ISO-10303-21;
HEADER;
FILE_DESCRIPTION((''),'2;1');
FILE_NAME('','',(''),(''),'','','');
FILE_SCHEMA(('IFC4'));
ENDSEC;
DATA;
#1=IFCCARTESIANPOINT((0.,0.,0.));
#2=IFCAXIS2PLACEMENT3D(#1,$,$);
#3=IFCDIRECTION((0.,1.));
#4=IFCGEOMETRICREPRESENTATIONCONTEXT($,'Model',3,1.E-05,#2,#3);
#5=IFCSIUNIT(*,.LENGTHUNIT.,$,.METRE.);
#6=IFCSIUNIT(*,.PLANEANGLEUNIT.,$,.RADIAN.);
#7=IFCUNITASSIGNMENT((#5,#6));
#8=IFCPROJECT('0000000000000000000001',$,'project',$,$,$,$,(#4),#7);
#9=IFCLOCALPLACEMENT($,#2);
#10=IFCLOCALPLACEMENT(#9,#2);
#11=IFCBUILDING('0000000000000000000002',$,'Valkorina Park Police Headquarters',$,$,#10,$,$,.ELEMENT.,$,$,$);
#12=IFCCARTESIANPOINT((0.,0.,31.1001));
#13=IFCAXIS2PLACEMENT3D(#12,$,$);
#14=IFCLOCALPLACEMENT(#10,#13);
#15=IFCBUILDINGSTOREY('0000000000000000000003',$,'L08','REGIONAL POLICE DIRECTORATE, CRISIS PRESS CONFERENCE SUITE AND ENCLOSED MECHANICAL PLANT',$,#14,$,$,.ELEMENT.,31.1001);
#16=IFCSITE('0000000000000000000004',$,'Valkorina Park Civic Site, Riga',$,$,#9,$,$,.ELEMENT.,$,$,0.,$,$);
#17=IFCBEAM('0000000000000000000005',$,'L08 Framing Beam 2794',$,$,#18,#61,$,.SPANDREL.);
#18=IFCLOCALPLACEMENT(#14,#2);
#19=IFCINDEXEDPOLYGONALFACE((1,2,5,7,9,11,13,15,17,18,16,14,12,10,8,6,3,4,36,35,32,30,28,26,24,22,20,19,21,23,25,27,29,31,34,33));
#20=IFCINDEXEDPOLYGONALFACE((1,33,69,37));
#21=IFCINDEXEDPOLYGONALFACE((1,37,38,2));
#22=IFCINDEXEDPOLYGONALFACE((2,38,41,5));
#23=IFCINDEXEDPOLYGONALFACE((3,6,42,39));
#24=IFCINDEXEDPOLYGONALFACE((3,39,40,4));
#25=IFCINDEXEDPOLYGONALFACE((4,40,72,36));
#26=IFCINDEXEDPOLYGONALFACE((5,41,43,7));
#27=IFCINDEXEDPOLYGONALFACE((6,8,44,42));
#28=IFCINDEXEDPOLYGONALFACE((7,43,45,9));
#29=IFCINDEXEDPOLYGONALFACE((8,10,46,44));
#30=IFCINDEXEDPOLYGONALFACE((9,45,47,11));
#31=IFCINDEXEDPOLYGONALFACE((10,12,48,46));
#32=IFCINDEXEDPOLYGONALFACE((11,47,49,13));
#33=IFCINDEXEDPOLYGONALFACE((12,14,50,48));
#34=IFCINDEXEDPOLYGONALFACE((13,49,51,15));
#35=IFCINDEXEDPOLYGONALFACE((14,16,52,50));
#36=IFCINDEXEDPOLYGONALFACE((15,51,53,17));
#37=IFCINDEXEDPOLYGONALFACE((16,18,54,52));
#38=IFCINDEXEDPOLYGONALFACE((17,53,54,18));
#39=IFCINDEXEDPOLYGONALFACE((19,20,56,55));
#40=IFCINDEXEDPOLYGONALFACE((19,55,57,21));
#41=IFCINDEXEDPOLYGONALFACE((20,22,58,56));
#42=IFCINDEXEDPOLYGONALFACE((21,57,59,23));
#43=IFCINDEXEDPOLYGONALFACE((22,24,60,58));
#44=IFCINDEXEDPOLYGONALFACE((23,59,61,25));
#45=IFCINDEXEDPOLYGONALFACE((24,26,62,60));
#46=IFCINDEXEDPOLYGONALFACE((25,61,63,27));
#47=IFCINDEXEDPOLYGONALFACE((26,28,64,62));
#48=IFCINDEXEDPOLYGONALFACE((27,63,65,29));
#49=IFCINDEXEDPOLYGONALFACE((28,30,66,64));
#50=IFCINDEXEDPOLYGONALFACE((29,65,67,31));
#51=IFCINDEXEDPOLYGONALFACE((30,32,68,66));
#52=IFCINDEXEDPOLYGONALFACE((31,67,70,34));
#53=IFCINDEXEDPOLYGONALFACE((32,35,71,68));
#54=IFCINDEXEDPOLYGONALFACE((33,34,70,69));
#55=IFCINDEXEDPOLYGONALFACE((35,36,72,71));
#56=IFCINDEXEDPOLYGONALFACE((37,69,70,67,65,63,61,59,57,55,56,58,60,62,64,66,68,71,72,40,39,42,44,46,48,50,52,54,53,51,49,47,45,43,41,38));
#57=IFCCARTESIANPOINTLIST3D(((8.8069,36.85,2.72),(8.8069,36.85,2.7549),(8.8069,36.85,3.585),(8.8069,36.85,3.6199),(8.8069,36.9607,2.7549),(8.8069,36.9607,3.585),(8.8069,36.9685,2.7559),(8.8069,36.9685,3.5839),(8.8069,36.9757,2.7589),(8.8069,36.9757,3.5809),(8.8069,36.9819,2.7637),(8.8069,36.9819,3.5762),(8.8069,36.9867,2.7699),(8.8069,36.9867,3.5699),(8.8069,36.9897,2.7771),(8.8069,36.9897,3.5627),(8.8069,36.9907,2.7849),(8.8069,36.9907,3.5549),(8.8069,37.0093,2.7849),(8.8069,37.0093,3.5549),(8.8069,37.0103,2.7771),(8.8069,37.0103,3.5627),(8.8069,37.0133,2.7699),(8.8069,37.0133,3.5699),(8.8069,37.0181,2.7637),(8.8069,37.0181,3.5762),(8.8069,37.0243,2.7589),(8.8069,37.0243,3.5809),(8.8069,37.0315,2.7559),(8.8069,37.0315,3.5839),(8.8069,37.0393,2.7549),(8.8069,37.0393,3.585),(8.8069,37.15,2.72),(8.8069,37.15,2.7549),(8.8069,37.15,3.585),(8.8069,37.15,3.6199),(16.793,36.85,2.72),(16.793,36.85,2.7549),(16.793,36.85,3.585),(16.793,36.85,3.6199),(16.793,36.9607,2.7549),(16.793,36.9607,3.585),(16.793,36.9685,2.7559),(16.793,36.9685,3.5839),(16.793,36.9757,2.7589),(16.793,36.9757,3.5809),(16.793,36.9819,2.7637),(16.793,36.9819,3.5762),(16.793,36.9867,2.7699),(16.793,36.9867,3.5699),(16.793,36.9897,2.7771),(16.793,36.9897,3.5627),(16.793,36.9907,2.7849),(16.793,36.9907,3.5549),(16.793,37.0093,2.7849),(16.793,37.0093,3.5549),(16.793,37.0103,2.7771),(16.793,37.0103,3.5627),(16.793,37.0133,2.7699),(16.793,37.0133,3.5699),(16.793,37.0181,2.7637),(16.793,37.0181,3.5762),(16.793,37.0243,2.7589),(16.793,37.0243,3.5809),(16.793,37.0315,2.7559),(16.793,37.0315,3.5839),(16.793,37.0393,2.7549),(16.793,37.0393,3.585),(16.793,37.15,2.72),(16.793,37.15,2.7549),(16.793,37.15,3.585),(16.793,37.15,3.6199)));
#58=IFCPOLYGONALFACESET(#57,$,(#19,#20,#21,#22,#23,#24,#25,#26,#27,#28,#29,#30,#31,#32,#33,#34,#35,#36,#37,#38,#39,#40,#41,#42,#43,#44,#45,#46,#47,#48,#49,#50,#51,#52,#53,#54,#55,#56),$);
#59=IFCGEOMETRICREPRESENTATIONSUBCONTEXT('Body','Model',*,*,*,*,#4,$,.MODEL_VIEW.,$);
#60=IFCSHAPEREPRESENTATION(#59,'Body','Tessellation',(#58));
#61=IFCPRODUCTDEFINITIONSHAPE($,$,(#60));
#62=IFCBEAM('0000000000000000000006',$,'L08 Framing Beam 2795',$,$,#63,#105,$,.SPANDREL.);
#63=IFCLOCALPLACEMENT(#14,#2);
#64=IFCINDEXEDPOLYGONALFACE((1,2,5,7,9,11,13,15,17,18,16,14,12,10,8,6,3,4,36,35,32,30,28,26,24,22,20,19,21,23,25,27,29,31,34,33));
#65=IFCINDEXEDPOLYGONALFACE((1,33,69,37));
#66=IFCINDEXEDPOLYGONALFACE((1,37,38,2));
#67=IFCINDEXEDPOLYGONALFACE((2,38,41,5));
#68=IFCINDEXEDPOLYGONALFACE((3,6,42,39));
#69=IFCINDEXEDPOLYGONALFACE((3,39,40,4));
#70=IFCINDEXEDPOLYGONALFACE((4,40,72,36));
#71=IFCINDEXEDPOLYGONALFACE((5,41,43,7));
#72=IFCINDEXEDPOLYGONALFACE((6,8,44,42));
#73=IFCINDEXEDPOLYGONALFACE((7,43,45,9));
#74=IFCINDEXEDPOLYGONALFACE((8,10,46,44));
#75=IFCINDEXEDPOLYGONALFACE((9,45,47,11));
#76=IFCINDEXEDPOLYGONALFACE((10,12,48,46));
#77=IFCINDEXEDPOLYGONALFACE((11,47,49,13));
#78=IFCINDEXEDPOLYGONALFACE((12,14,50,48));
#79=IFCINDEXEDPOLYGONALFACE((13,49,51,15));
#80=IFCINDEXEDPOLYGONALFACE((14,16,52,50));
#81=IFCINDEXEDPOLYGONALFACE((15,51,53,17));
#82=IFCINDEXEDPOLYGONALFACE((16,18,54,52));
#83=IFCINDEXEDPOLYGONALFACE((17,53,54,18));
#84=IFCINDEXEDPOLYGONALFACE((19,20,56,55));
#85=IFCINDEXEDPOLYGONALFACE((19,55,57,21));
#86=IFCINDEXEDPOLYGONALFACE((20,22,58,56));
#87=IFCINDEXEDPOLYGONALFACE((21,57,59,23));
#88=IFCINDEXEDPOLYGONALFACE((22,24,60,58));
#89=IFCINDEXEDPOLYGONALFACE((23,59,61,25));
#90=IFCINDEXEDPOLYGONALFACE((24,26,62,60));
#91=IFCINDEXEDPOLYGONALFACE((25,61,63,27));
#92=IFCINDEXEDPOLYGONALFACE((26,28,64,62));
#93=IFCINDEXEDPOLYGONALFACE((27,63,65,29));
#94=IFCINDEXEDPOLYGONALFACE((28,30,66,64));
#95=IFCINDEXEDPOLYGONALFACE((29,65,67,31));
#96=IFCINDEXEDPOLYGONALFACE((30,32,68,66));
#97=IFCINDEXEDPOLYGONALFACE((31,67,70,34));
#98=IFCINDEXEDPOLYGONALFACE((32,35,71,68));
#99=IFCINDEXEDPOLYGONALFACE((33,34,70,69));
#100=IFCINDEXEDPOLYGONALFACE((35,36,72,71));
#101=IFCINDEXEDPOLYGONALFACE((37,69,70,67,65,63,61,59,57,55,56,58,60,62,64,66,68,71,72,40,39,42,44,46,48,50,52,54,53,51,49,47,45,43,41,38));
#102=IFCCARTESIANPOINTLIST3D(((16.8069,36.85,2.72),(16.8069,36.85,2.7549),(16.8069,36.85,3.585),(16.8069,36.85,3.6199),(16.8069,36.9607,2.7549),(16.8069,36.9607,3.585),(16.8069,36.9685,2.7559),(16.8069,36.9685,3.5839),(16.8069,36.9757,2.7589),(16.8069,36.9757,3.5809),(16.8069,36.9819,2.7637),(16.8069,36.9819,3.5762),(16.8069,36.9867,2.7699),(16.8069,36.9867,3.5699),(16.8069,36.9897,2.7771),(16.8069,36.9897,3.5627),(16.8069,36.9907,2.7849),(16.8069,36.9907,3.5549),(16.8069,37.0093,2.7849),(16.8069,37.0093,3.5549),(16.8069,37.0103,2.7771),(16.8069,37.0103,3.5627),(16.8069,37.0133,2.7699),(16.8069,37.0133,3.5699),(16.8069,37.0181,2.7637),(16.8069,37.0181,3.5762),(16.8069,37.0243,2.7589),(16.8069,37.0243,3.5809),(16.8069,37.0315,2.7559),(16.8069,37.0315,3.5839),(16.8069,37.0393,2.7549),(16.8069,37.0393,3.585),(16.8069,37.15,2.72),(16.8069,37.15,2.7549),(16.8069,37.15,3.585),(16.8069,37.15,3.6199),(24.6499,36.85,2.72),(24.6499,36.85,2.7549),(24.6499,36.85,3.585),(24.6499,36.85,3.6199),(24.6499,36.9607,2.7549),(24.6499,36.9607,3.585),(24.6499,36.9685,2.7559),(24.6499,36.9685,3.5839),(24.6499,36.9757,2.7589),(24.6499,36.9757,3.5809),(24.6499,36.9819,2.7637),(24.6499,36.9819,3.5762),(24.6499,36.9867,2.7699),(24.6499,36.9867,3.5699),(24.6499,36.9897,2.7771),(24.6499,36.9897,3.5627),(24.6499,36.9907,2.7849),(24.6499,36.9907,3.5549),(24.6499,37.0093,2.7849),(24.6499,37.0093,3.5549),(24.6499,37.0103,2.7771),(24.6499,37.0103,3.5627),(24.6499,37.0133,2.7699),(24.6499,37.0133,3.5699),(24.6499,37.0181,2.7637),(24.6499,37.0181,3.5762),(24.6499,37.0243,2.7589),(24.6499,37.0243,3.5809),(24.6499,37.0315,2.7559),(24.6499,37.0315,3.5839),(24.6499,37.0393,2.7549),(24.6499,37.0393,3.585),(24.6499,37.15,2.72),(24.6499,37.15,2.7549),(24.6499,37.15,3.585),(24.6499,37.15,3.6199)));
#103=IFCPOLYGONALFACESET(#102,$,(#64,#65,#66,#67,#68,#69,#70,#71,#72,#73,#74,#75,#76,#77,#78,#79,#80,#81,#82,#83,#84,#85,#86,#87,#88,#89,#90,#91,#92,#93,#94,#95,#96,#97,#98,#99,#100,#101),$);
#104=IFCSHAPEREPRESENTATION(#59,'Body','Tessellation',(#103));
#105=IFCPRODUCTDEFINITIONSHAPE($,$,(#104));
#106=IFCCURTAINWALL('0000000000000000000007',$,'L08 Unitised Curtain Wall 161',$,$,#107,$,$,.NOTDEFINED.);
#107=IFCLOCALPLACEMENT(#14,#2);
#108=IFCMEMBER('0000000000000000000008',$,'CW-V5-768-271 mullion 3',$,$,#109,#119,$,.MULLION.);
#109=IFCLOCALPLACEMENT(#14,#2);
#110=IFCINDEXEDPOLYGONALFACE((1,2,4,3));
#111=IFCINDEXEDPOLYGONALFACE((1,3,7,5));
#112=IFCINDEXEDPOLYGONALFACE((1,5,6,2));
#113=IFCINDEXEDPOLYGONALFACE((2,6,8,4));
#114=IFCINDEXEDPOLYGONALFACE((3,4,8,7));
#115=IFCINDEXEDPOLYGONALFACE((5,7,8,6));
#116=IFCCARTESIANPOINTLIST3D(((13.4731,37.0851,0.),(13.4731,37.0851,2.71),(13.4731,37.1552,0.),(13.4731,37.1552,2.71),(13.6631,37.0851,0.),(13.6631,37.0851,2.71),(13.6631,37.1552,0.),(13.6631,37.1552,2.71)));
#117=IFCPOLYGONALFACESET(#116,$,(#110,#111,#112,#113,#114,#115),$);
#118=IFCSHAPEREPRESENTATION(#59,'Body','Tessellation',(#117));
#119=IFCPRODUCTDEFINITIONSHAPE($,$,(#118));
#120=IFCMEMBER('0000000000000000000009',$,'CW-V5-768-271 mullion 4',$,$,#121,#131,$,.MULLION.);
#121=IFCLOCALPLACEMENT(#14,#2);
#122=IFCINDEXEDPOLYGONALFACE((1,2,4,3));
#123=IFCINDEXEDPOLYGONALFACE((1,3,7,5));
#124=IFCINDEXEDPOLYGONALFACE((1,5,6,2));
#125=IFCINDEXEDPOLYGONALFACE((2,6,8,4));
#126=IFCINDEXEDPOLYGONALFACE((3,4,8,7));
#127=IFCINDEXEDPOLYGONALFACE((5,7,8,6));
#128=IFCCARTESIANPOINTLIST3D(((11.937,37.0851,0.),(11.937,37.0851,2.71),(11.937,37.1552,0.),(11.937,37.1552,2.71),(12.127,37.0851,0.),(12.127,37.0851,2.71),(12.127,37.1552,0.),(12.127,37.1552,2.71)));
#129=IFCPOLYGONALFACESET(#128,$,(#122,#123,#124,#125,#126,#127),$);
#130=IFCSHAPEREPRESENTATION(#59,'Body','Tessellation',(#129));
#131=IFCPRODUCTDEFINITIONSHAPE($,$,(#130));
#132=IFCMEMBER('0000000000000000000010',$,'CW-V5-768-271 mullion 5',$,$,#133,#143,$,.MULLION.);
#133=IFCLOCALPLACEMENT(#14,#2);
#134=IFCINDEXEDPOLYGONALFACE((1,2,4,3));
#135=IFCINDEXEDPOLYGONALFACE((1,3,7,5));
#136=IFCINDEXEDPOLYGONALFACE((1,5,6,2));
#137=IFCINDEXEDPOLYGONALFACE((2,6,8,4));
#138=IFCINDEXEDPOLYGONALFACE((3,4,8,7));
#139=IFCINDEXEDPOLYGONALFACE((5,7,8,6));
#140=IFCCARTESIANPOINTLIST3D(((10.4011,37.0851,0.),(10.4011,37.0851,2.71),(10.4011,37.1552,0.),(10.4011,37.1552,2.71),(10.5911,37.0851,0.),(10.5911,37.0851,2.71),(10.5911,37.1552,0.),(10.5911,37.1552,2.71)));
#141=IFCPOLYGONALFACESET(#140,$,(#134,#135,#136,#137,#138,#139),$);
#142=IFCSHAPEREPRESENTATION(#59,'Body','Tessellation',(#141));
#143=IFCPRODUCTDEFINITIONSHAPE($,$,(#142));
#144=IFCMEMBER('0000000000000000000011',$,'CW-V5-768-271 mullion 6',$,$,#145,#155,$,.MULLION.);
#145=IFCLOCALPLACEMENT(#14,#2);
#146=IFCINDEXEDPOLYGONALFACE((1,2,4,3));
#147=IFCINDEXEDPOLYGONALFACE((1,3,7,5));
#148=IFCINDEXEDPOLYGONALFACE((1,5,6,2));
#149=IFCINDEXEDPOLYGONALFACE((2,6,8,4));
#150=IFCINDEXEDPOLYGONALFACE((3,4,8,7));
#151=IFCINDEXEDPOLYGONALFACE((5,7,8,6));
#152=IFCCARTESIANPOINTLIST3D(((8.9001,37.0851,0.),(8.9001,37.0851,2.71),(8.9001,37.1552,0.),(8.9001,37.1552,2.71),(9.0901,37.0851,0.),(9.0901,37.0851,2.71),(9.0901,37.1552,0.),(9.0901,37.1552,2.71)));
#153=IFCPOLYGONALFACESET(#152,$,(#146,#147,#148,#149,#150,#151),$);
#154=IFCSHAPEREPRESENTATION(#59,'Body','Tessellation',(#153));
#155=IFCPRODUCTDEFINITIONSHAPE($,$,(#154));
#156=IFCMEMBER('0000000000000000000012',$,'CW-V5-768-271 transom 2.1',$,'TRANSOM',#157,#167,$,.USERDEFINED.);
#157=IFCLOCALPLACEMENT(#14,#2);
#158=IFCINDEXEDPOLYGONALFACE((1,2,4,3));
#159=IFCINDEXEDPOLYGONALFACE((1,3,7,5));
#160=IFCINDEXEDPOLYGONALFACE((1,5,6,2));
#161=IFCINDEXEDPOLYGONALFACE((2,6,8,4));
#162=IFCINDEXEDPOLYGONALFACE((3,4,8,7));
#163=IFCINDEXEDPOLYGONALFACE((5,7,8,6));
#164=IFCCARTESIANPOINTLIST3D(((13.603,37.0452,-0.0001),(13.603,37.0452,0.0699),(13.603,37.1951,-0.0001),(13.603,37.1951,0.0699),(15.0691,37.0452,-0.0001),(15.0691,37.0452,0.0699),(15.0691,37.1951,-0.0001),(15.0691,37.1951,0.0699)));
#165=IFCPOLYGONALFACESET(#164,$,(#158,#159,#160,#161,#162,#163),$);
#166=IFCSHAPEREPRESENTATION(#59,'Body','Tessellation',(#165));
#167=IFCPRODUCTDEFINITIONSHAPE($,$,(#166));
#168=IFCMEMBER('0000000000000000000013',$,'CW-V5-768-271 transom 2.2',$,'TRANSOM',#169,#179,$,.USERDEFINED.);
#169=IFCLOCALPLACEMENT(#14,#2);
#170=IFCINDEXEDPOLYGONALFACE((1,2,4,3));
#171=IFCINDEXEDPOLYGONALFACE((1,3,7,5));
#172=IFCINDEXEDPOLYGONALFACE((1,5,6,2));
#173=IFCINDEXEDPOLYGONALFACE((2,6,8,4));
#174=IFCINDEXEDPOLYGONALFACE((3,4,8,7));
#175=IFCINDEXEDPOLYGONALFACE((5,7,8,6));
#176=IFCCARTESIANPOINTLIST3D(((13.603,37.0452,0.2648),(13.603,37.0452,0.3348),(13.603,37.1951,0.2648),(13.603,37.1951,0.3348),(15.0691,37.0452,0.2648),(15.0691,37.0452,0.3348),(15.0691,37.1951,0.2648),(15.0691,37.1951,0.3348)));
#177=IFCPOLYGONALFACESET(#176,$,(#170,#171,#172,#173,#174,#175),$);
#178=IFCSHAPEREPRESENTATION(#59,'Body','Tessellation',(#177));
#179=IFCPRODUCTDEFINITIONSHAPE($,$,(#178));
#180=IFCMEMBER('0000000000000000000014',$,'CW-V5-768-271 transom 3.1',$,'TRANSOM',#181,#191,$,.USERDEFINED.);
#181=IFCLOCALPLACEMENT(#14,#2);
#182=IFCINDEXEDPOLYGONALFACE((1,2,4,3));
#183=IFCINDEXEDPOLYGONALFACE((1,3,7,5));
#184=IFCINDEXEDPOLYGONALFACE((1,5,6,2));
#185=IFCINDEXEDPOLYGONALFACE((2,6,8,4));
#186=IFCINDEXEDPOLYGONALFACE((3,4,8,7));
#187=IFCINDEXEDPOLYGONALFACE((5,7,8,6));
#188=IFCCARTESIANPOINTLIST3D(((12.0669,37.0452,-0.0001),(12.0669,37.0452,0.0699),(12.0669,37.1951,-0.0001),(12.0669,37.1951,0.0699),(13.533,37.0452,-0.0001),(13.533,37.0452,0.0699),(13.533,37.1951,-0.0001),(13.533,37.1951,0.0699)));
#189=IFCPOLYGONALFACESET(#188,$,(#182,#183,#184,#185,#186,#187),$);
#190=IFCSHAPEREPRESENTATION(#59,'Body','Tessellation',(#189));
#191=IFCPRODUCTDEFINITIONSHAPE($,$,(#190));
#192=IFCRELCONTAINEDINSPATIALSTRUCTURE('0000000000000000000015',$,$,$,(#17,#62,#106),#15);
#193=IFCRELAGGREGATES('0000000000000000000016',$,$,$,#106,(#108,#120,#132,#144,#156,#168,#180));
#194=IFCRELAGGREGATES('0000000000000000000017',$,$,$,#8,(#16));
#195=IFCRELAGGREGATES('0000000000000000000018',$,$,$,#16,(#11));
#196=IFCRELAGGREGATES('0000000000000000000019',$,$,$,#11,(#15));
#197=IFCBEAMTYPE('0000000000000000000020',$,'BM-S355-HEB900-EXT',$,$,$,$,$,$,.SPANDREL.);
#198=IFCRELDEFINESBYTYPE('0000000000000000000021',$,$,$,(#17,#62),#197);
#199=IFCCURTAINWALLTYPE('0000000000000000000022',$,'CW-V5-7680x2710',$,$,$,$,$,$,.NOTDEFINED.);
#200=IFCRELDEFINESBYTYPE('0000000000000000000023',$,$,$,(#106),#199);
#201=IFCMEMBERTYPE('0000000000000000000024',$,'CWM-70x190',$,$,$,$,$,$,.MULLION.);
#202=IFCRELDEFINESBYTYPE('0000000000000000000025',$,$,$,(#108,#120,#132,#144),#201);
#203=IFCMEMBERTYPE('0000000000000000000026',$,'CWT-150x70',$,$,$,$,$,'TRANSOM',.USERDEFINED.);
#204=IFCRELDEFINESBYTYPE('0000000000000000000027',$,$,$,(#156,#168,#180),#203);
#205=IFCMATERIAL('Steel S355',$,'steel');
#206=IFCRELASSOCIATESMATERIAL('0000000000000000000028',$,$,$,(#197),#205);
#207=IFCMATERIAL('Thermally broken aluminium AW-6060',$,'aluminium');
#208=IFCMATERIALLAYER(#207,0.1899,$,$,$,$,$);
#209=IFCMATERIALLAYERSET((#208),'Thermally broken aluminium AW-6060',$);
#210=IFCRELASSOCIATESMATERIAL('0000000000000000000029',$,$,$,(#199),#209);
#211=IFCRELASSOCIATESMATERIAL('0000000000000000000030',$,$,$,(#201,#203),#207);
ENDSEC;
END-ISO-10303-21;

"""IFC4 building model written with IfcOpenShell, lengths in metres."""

from ifc_helpers import new_model, si_unit, direction, frame, origin, origin_2d, place, context, subcontext, project, spatial, rectangle, i_section, extrude, material, layer, layer_set, material_profile, profile_set, type_object, element, aggregate, save


model = new_model("IFC4")

# Units and contexts
model_context = context("Model", 3, precision=1e-05, world=origin(), true_north=direction((0.0, 1.0)))
body_context = subcontext(model_context, "Body", "Model", "MODEL_VIEW")
ifc_project = project(units=[si_unit("LENGTHUNIT", "METRE"), si_unit("PLANEANGLEUNIT", "RADIAN")], contexts=[model_context])

# Site, building, storey
site_placement = place(None, origin())
site = spatial("IfcSite", under=ifc_project, at=site_placement, Name="Valkorina Park Civic Site, Riga", CompositionType="ELEMENT", RefElevation=0.0)
building_placement = place(site_placement, origin())
building = spatial("IfcBuilding", under=site, at=building_placement, Name="Valkorina Park Police Headquarters", CompositionType="ELEMENT")
storey_placement = place(building_placement, frame((0.0, 0.0, 31.1001)))
storey = spatial("IfcBuildingStorey", under=building, at=storey_placement, Name="L08", Description="REGIONAL POLICE DIRECTORATE, CRISIS PRESS CONFERENCE SUITE AND ENCLOSED MECHANICAL PLANT", CompositionType="ELEMENT", Elevation=31.1001)

# Shared definitions
ifc_material_1 = material(Name="Steel S355", Category="steel")

# Beams
ifc_material_profile_1 = material_profile(ifc_material_1, i_section(OverallWidth=0.3, OverallDepth=0.8999, WebThickness=0.0186, FlangeThickness=0.0349, FilletRadius=0.03, at=origin_2d()), Name="HEB 900")
ifc_profile_set_1 = profile_set([ifc_material_profile_1], Name="Steel S355")
beam_type_1 = type_object("IfcBeamType", Name="BM-S355-HEB900-EXT", PredefinedType="SPANDREL", material=ifc_profile_set_1)
beam_1_placement = place(storey_placement, frame((8.8069, 37.0, 3.1699), z_axis=(1.0, 0.0, 0.0), x_axis=(0.0, 1.0, 0.0)))
element("IfcBeam", 1, at=beam_1_placement, inside=storey, type_object=beam_type_1, Name="L08 Framing Beam 2794", PredefinedType="SPANDREL", context=body_context, shape_type="SweptSolid", body=[
    extrude(i_section(OverallWidth=0.3, OverallDepth=0.8999, WebThickness=0.0186, FlangeThickness=0.0349, FilletRadius=0.03, at=origin_2d()), origin(), (0.0, 0.0, 1.0), 7.9861),
])
beam_2_placement = place(storey_placement, frame((16.8069, 37.0, 3.1699), z_axis=(1.0, 0.0, 0.0), x_axis=(0.0, 1.0, 0.0)))
element("IfcBeam", 2, at=beam_2_placement, inside=storey, type_object=beam_type_1, Name="L08 Framing Beam 2795", PredefinedType="SPANDREL", context=body_context, shape_type="SweptSolid", body=[
    extrude(i_section(OverallWidth=0.3, OverallDepth=0.8999, WebThickness=0.0186, FlangeThickness=0.0349, FilletRadius=0.03, at=origin_2d()), origin(), (0.0, 0.0, 1.0), 7.843),
])

# Curtain wall, members
ifc_material_2 = material(Name="Thermally broken aluminium AW-6060", Category="aluminium")
ifc_layer_1 = layer(ifc_material_2, 0.1899)
ifc_layer_set_1 = layer_set([ifc_layer_1], Name="Thermally broken aluminium AW-6060")
curtain_wall_type = type_object("IfcCurtainWallType", Name="CW-V5-7680x2710", PredefinedType="NOTDEFINED", material=ifc_layer_set_1)
curtain_wall_placement = place(storey_placement, origin())
curtain_wall = element("IfcCurtainWall", 3, at=curtain_wall_placement, inside=storey, type_object=curtain_wall_type, Name="L08 Unitised Curtain Wall 161", PredefinedType="NOTDEFINED")
ifc_material_profile_2 = material_profile(ifc_material_2, rectangle(XDim=0.0701, YDim=0.1899, at=origin_2d()), Name="CWM-02 70x190")
ifc_profile_set_2 = profile_set([ifc_material_profile_2], Name="Thermally broken aluminium AW-6060")
member_type_1 = type_object("IfcMemberType", Name="CWM-70x190", PredefinedType="MULLION", material=ifc_profile_set_2)
member_1_placement = place(storey_placement, frame((13.5681, 37.1201, 0.0), z_axis=(0.0, 0.0, 1.0), x_axis=(0.0, -1.0, 0.0)))
member_1 = element("IfcMember", 4, at=member_1_placement, type_object=member_type_1, Name="CW-V5-768-271 mullion 3", PredefinedType="MULLION", context=body_context, shape_type="SweptSolid", body=[
    extrude(rectangle(XDim=0.0701, YDim=0.1899, at=origin_2d()), origin(), (0.0, 0.0, 1.0), 2.71),
])
member_2_placement = place(storey_placement, frame((12.032, 37.1201, 0.0), z_axis=(0.0, 0.0, 1.0), x_axis=(0.0, -1.0, 0.0)))
member_2 = element("IfcMember", 5, at=member_2_placement, type_object=member_type_1, Name="CW-V5-768-271 mullion 4", PredefinedType="MULLION", context=body_context, shape_type="SweptSolid", body=[
    extrude(rectangle(XDim=0.0701, YDim=0.1899, at=origin_2d()), origin(), (0.0, 0.0, 1.0), 2.71),
])
member_3_placement = place(storey_placement, frame((10.4961, 37.1201, 0.0), z_axis=(0.0, 0.0, 1.0), x_axis=(0.0, -1.0, 0.0)))
member_3 = element("IfcMember", 6, at=member_3_placement, type_object=member_type_1, Name="CW-V5-768-271 mullion 5", PredefinedType="MULLION", context=body_context, shape_type="SweptSolid", body=[
    extrude(rectangle(XDim=0.0701, YDim=0.1899, at=origin_2d()), origin(), (0.0, 0.0, 1.0), 2.71),
])
member_4_placement = place(storey_placement, frame((8.9951, 37.1201, 0.0), z_axis=(0.0, 0.0, 1.0), x_axis=(0.0, -1.0, 0.0)))
member_4 = element("IfcMember", 7, at=member_4_placement, type_object=member_type_1, Name="CW-V5-768-271 mullion 6", PredefinedType="MULLION", context=body_context, shape_type="SweptSolid", body=[
    extrude(rectangle(XDim=0.0701, YDim=0.1899, at=origin_2d()), origin(), (0.0, 0.0, 1.0), 2.71),
])
ifc_material_profile_3 = material_profile(ifc_material_2, rectangle(XDim=0.1499, YDim=0.0701, at=origin_2d()), Name="CWT-02 150x70")
ifc_profile_set_3 = profile_set([ifc_material_profile_3], Name="Thermally broken aluminium AW-6060")
member_type_2 = type_object("IfcMemberType", Name="CWT-150x70", ElementType="TRANSOM", PredefinedType="USERDEFINED", material=ifc_profile_set_3)
member_5_placement = place(storey_placement, frame((15.0691, 37.1201, 0.0349), z_axis=(-1.0, 0.0, 0.0), x_axis=(0.0, -1.0, 0.0)))
member_5 = element("IfcMember", 8, at=member_5_placement, type_object=member_type_2, Name="CW-V5-768-271 transom 2.1", ObjectType="TRANSOM", PredefinedType="USERDEFINED", context=body_context, shape_type="SweptSolid", body=[
    extrude(rectangle(XDim=0.1499, YDim=0.0701, at=origin_2d()), origin(), (0.0, 0.0, 1.0), 1.4661),
])
member_6_placement = place(storey_placement, frame((15.0691, 37.1201, 0.2998), z_axis=(-1.0, 0.0, 0.0), x_axis=(0.0, -1.0, 0.0)))
member_6 = element("IfcMember", 9, at=member_6_placement, type_object=member_type_2, Name="CW-V5-768-271 transom 2.2", ObjectType="TRANSOM", PredefinedType="USERDEFINED", context=body_context, shape_type="SweptSolid", body=[
    extrude(rectangle(XDim=0.1499, YDim=0.0701, at=origin_2d()), origin(), (0.0, 0.0, 1.0), 1.4661),
])
member_7_placement = place(storey_placement, frame((13.533, 37.1201, 0.0349), z_axis=(-1.0, 0.0, 0.0), x_axis=(0.0, -1.0, 0.0)))
member_7 = element("IfcMember", 10, at=member_7_placement, type_object=member_type_2, Name="CW-V5-768-271 transom 3.1", ObjectType="TRANSOM", PredefinedType="USERDEFINED", context=body_context, shape_type="SweptSolid", body=[
    extrude(rectangle(XDim=0.1499, YDim=0.0701, at=origin_2d()), origin(), (0.0, 0.0, 1.0), 1.4661),
])
aggregate(curtain_wall, [member_1, member_2, member_3, member_4, member_5, member_6, member_7])

save(model, "model.ifc")
